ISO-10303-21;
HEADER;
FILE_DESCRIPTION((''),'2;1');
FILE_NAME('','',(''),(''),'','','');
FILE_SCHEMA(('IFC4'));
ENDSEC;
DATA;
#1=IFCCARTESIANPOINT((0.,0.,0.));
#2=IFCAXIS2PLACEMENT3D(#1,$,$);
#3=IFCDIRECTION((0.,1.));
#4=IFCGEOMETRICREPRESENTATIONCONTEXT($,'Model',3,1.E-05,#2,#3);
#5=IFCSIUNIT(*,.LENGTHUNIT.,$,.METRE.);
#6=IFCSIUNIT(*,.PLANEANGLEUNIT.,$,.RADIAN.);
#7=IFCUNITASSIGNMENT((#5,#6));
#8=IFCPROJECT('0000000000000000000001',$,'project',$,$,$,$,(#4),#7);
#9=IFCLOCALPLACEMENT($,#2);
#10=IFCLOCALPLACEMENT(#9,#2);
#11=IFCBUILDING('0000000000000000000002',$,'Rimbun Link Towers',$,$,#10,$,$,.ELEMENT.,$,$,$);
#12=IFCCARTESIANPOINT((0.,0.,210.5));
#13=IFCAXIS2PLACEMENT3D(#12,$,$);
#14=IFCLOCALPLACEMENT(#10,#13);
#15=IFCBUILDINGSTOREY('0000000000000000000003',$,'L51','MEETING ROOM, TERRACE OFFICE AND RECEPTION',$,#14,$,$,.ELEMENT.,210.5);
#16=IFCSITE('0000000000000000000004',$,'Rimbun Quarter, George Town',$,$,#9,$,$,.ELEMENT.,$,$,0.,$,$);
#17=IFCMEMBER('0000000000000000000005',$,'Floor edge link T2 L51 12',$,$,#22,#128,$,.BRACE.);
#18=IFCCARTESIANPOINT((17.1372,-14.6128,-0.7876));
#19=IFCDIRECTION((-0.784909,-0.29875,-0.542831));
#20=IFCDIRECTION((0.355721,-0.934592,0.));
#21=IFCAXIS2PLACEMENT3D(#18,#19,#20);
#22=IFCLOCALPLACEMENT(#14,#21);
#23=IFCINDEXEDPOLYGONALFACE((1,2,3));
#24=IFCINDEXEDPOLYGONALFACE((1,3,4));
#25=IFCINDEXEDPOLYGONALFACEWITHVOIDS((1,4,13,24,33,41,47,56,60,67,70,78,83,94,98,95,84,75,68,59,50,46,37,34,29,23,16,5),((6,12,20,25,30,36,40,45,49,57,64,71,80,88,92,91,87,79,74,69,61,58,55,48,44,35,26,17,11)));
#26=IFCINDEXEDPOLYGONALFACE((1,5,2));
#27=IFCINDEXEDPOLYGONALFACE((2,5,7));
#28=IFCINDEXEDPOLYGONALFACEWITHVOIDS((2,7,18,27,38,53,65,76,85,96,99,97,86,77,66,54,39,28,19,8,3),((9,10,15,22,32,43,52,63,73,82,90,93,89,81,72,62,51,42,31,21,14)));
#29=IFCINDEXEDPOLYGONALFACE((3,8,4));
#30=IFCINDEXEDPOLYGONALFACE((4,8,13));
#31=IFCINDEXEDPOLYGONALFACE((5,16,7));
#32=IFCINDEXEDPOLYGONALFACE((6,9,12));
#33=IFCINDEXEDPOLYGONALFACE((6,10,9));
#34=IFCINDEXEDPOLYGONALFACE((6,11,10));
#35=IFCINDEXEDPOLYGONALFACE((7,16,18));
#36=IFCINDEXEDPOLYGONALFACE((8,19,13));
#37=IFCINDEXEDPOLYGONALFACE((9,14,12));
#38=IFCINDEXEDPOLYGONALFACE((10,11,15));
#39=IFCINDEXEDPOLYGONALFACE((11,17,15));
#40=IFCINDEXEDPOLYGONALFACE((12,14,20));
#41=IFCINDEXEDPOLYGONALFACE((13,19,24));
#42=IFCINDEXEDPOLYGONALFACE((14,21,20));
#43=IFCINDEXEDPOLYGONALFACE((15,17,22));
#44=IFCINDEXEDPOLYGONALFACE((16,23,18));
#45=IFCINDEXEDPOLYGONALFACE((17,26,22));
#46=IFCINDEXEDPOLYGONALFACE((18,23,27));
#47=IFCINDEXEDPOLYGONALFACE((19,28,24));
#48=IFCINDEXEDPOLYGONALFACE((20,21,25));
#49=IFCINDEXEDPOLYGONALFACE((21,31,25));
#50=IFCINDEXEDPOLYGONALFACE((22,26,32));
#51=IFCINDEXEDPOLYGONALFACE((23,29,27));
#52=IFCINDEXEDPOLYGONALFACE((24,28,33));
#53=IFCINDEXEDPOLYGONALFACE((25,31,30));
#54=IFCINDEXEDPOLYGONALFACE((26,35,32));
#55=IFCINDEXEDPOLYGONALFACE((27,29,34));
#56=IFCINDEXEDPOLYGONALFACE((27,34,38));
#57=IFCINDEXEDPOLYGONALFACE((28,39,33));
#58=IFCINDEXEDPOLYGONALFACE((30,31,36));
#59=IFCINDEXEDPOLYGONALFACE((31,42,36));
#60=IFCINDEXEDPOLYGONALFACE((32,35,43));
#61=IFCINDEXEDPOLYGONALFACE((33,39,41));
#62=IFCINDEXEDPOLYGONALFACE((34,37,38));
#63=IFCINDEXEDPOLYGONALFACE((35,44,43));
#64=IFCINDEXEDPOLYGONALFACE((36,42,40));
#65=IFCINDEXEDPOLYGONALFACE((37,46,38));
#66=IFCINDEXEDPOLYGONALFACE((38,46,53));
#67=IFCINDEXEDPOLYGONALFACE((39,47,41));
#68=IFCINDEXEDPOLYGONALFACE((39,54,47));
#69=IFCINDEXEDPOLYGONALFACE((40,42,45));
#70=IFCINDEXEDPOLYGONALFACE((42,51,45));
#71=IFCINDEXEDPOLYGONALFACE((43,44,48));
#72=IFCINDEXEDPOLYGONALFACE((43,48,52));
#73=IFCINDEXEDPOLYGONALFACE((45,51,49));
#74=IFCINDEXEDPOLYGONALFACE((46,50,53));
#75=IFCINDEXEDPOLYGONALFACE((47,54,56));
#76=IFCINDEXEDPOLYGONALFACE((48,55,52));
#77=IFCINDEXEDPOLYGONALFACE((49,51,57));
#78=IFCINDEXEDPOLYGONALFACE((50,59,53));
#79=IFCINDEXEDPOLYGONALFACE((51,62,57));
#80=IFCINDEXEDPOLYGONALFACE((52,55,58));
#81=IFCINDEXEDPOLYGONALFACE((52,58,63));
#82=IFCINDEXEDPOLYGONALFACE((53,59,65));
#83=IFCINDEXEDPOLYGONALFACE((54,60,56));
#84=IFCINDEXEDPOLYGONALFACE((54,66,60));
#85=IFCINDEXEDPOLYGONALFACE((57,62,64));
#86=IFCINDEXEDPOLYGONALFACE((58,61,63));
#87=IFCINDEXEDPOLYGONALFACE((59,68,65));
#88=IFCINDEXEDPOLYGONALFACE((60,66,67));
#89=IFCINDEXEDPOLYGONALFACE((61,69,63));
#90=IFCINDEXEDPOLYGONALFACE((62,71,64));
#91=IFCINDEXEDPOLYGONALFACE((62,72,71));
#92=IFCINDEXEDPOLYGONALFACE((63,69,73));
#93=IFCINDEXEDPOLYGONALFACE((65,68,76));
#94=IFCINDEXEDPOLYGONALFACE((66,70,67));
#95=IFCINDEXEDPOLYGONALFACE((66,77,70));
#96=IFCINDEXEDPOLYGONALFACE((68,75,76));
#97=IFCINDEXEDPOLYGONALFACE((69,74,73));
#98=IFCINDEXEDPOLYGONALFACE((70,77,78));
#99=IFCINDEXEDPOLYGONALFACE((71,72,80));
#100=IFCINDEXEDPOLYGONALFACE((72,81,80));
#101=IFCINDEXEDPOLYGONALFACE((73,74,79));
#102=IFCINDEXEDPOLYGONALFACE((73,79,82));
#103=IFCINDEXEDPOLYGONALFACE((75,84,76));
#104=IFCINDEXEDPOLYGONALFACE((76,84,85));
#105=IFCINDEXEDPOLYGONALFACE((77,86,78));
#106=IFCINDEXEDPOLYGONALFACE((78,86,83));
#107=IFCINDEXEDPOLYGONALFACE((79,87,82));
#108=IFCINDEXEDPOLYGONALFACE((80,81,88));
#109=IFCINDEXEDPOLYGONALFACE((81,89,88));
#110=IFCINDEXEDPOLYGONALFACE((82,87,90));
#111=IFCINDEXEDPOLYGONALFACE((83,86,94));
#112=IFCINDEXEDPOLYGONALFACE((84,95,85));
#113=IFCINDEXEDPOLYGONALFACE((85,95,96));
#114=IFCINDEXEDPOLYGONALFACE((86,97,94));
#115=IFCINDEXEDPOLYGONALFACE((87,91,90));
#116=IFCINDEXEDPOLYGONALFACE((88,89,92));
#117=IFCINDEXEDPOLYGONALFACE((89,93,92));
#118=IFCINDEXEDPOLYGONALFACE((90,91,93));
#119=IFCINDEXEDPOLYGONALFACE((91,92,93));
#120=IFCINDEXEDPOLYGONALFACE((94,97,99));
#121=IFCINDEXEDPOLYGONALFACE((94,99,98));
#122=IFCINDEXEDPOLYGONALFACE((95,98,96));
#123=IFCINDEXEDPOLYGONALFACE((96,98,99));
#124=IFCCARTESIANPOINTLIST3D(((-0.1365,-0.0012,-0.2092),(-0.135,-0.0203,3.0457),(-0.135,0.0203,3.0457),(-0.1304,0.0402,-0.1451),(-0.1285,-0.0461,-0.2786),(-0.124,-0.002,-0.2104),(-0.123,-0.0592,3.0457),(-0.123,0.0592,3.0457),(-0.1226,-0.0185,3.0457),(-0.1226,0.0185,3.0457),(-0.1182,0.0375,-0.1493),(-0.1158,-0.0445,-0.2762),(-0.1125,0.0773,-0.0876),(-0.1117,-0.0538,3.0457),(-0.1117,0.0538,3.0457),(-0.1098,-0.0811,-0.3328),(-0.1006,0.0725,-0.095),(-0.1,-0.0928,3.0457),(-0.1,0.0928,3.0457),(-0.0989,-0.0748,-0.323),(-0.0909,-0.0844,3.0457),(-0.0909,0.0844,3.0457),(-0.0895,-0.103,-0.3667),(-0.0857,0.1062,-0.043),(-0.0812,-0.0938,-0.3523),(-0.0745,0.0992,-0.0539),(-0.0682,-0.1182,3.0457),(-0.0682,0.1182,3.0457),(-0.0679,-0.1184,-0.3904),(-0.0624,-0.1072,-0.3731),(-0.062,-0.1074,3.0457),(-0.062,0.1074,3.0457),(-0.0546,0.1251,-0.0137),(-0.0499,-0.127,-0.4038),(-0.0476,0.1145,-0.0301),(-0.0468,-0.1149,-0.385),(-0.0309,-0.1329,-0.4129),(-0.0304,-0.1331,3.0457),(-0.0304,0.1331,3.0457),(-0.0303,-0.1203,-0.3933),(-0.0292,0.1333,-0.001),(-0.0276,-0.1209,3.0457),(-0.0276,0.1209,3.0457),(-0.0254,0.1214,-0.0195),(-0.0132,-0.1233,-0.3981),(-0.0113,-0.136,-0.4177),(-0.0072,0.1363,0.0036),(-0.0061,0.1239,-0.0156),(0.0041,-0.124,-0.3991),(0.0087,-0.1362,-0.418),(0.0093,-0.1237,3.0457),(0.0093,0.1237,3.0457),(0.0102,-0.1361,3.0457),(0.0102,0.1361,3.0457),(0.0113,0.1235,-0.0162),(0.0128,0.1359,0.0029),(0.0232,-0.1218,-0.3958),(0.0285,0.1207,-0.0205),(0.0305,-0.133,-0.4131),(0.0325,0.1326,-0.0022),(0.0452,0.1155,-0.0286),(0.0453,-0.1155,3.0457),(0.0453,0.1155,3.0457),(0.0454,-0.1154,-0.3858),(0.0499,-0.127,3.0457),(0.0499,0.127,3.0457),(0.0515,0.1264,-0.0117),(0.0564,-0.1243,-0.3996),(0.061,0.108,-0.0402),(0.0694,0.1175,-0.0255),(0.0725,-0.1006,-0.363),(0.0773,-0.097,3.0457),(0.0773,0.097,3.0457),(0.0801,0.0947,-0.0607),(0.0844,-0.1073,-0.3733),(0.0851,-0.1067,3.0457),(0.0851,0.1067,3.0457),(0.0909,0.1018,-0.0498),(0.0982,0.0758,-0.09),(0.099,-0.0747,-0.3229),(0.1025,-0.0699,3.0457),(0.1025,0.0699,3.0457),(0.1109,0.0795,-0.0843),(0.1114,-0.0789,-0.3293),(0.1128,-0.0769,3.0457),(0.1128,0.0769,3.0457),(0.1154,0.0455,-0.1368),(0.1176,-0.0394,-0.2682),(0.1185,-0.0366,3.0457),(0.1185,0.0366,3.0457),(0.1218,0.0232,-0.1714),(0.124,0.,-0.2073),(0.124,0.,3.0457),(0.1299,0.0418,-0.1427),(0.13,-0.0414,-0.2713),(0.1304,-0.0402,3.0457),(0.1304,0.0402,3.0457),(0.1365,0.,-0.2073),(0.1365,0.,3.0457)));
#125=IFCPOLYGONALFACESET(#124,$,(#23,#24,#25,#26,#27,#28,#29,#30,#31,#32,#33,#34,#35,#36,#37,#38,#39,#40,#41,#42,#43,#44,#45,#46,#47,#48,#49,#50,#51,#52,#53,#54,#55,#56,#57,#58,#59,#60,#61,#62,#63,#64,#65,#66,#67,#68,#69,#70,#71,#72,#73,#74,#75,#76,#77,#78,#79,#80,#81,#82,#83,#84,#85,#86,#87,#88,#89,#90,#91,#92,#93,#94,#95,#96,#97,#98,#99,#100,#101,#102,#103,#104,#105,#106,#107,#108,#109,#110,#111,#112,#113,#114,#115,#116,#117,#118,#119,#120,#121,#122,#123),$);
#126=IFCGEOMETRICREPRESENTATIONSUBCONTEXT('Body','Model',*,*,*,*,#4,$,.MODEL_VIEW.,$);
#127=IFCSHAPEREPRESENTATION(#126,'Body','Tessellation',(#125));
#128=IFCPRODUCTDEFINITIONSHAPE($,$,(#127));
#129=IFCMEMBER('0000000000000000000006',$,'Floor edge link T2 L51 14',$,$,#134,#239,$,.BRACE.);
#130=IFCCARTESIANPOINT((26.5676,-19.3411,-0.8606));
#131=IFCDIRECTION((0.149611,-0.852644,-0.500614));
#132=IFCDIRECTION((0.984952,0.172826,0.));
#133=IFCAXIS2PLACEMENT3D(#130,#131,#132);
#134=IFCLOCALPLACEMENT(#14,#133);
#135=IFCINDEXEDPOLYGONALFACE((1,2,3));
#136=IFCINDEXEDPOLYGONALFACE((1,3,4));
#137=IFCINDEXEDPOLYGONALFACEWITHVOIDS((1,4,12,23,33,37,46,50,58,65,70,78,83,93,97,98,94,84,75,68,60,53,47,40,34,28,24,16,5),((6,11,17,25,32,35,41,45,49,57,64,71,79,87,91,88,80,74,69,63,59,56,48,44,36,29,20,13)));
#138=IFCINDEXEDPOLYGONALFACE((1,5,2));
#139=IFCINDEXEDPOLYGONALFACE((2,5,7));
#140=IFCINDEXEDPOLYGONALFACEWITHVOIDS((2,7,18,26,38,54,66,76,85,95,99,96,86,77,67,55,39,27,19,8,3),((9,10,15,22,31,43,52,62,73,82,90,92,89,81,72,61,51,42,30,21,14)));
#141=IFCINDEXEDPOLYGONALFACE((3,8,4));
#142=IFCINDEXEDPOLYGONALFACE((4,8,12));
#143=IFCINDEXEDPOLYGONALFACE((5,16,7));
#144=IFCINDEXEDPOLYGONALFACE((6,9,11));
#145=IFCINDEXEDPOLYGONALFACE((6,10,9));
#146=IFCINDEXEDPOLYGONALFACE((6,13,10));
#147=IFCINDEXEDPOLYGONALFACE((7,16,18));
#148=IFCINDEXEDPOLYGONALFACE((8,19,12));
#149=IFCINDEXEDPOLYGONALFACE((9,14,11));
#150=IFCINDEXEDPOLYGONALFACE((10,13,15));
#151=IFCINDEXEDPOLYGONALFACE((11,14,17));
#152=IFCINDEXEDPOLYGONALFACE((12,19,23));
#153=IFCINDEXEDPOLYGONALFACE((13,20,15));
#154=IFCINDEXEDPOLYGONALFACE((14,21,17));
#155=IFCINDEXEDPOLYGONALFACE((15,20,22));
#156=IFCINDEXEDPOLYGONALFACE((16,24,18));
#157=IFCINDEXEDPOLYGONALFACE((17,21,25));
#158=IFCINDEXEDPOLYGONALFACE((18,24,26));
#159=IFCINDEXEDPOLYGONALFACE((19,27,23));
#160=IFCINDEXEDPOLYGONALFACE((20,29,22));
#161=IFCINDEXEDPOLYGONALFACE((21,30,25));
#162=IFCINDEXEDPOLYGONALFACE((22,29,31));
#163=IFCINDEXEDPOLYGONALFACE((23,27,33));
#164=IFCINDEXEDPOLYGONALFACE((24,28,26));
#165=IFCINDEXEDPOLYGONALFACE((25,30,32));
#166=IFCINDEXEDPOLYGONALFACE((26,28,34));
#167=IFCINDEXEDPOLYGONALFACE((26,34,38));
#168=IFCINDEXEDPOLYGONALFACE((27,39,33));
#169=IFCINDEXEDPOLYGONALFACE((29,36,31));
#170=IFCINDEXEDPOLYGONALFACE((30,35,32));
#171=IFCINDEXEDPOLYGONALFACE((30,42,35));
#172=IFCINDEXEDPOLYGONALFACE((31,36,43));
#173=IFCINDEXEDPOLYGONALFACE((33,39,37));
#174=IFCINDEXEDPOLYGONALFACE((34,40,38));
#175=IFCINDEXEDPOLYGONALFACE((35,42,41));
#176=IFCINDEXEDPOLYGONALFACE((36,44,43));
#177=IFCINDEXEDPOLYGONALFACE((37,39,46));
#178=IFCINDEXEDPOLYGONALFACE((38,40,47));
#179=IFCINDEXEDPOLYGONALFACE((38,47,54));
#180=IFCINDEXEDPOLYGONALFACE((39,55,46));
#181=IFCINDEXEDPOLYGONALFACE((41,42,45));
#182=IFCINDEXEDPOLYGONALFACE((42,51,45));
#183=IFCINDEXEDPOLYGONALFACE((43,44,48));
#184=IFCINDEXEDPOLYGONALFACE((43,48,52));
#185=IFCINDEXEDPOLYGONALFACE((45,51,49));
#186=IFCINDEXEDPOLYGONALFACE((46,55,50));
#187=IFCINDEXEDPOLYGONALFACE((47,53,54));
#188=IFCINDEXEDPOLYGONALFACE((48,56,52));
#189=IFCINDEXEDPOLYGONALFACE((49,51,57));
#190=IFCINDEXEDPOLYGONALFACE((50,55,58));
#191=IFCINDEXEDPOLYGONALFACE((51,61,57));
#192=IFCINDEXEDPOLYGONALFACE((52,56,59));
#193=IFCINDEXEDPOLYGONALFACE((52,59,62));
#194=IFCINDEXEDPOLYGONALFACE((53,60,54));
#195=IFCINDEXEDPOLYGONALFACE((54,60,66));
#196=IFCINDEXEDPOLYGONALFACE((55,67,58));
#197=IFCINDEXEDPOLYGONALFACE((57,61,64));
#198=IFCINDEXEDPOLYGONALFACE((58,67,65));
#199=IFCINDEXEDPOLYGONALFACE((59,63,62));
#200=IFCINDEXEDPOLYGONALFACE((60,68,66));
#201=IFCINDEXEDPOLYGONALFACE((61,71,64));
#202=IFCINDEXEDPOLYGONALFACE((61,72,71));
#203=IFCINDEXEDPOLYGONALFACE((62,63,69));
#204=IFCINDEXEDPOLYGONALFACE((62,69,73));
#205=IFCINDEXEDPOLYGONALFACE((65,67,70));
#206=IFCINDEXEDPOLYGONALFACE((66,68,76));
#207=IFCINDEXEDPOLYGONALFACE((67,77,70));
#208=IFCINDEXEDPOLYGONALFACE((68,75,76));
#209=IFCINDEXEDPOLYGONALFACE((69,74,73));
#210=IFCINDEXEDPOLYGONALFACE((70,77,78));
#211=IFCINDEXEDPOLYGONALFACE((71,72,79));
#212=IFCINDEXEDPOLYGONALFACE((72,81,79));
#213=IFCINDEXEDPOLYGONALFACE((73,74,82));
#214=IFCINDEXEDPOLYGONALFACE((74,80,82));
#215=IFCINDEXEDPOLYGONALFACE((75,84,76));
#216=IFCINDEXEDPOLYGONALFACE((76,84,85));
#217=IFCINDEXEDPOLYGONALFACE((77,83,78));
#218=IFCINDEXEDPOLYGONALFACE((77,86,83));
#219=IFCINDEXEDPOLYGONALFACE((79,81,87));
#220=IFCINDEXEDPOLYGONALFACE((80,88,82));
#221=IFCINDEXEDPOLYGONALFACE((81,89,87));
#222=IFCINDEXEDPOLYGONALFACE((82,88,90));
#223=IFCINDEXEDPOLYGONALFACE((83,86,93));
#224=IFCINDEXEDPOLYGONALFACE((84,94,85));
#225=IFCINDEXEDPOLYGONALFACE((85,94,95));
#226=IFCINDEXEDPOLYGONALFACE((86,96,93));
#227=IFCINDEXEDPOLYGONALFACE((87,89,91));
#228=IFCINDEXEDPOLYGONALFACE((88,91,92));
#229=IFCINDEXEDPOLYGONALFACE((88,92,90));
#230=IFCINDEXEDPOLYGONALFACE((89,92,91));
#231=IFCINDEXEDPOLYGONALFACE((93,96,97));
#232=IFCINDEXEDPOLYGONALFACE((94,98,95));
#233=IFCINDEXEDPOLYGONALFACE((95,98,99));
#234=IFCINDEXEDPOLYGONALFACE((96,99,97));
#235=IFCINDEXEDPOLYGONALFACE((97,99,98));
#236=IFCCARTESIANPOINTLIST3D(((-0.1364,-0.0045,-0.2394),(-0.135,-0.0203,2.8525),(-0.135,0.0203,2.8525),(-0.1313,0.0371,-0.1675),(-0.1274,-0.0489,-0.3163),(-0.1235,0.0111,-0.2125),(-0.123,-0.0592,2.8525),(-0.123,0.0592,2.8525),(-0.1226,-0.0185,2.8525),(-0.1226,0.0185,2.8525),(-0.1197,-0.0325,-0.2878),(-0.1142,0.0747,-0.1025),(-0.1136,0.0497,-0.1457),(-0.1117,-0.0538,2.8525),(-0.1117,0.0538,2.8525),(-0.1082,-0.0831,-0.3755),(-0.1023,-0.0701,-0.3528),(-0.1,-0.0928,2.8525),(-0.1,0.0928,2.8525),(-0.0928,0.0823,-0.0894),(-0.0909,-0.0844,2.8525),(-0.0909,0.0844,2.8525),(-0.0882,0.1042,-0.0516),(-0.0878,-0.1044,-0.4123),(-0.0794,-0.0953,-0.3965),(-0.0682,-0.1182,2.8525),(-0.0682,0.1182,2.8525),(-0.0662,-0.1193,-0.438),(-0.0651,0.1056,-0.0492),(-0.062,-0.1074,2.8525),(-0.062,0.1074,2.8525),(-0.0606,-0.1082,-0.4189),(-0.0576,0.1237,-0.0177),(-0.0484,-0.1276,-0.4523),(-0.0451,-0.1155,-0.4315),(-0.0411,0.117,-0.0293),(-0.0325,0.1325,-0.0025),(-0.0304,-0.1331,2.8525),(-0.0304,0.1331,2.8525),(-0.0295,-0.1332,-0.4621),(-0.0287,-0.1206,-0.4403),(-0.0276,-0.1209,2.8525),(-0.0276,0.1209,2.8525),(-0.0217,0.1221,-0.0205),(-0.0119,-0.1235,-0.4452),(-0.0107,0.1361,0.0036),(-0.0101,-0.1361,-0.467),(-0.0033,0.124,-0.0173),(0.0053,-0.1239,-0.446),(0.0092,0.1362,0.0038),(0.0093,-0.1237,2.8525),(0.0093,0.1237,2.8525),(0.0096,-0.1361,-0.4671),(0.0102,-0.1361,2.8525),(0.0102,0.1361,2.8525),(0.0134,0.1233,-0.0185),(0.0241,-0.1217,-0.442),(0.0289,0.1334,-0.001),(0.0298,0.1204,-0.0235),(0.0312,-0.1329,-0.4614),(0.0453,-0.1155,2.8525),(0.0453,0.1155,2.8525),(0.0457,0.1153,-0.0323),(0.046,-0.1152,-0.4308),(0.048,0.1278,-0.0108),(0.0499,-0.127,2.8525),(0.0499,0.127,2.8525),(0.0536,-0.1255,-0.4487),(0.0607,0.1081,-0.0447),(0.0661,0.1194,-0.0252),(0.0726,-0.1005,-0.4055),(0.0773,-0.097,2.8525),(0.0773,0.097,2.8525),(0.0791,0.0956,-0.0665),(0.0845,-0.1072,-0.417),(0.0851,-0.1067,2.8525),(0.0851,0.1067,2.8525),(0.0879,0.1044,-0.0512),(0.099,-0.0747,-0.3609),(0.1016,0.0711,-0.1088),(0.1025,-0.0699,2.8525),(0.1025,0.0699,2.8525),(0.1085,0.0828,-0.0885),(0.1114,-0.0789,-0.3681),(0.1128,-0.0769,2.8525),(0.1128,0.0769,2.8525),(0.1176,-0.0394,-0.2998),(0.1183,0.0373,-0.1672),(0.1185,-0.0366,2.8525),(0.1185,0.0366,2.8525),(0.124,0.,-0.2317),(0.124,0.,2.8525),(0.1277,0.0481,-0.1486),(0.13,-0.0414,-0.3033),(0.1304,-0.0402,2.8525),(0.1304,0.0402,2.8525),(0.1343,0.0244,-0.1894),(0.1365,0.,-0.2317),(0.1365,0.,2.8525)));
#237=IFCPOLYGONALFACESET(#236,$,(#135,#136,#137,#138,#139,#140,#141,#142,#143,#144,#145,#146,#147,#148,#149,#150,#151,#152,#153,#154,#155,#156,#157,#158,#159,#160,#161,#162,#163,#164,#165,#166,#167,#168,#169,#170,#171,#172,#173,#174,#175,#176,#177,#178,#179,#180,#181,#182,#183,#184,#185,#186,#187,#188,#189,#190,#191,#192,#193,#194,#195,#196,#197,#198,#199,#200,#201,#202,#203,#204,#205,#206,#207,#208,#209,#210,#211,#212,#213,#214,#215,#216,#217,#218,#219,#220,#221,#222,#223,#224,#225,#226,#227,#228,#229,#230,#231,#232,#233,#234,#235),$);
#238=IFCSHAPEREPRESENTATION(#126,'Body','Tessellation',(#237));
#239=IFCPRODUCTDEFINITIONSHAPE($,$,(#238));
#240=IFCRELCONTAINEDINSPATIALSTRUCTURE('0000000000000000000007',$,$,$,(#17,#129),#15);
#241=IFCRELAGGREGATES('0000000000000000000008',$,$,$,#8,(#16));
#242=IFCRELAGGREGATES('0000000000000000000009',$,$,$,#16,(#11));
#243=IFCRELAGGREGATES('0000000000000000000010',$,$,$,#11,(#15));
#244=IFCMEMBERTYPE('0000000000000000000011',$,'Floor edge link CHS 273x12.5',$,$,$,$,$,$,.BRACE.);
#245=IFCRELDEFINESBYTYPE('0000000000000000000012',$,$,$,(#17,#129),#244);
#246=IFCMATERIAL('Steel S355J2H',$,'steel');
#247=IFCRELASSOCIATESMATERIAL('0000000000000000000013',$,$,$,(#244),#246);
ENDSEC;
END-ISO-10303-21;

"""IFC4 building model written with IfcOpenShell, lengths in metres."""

from ifc_helpers import new_model, si_unit, direction, frame, origin, origin_2d, place, context, subcontext, project, spatial, hollow_circle, extrude, clip, halfspace, material, material_profile, profile_set, type_object, element, save


model = new_model("IFC4")

# Units and contexts
model_context = context("Model", 3, precision=1e-05, world=origin(), true_north=direction((0.0, 1.0)))
body_context = subcontext(model_context, "Body", "Model", "MODEL_VIEW")
ifc_project = project(units=[si_unit("LENGTHUNIT", "METRE"), si_unit("PLANEANGLEUNIT", "RADIAN")], contexts=[model_context])

# Site, building, storey
site_placement = place(None, origin())
site = spatial("IfcSite", under=ifc_project, at=site_placement, Name="Rimbun Quarter, George Town", CompositionType="ELEMENT", RefElevation=0.0)
building_placement = place(site_placement, origin())
building = spatial("IfcBuilding", under=site, at=building_placement, Name="Rimbun Link Towers", CompositionType="ELEMENT")
storey_placement = place(building_placement, frame((0.0, 0.0, 210.5)))
storey = spatial("IfcBuildingStorey", under=building, at=storey_placement, Name="L51", Description="MEETING ROOM, TERRACE OFFICE AND RECEPTION", CompositionType="ELEMENT", Elevation=210.5)

# Members
ifc_material_1 = material(Name="Steel S355J2H", Category="steel")
ifc_material_profile_1 = material_profile(ifc_material_1, hollow_circle(Radius=0.1365, WallThickness=0.0125, at=origin_2d()), Name="CHS 273x12.5")
ifc_profile_set_1 = profile_set([ifc_material_profile_1], Name="Steel S355J2H")
member_type_1 = type_object("IfcMemberType", Name="Floor edge link CHS 273x12.5", PredefinedType="BRACE", material=ifc_profile_set_1)
member_1_placement = place(storey_placement, frame((17.1372, -14.6128, -0.7876), z_axis=(-0.784909, -0.29875, -0.542831), x_axis=(0.355721, -0.934592, 0.0)))
element("IfcMember", 1, at=member_1_placement, inside=storey, type_object=member_type_1, Name="Floor edge link T2 L51 12", PredefinedType="BRACE", context=body_context, shape_type="Clipping", body=[
    clip(extrude(hollow_circle(Radius=0.1365, WallThickness=0.0125, at=origin_2d()), frame((0.0, 0.0, -0.4407)), (0.0, 0.0, 1.0), 3.4863), halfspace(frame((0.0, 0.0, -0.2073), z_axis=(0.0, 0.839842, -0.542831)), False)),
])
member_2_placement = place(storey_placement, frame((26.5676, -19.3411, -0.8606), z_axis=(0.149611, -0.852644, -0.500614), x_axis=(0.984952, 0.172826, 0.0)))
element("IfcMember", 2, at=member_2_placement, inside=storey, type_object=member_type_1, Name="Floor edge link T2 L51 14", PredefinedType="BRACE", context=body_context, shape_type="Clipping", body=[
    clip(extrude(hollow_circle(Radius=0.1365, WallThickness=0.0125, at=origin_2d()), frame((0.0, 0.0, -0.4919)), (0.0, 0.0, 1.0), 3.3445), halfspace(frame((0.0, 0.0, -0.2317), z_axis=(0.0, 0.865671, -0.500614)), False)),
])

save(model, "model.ifc")
